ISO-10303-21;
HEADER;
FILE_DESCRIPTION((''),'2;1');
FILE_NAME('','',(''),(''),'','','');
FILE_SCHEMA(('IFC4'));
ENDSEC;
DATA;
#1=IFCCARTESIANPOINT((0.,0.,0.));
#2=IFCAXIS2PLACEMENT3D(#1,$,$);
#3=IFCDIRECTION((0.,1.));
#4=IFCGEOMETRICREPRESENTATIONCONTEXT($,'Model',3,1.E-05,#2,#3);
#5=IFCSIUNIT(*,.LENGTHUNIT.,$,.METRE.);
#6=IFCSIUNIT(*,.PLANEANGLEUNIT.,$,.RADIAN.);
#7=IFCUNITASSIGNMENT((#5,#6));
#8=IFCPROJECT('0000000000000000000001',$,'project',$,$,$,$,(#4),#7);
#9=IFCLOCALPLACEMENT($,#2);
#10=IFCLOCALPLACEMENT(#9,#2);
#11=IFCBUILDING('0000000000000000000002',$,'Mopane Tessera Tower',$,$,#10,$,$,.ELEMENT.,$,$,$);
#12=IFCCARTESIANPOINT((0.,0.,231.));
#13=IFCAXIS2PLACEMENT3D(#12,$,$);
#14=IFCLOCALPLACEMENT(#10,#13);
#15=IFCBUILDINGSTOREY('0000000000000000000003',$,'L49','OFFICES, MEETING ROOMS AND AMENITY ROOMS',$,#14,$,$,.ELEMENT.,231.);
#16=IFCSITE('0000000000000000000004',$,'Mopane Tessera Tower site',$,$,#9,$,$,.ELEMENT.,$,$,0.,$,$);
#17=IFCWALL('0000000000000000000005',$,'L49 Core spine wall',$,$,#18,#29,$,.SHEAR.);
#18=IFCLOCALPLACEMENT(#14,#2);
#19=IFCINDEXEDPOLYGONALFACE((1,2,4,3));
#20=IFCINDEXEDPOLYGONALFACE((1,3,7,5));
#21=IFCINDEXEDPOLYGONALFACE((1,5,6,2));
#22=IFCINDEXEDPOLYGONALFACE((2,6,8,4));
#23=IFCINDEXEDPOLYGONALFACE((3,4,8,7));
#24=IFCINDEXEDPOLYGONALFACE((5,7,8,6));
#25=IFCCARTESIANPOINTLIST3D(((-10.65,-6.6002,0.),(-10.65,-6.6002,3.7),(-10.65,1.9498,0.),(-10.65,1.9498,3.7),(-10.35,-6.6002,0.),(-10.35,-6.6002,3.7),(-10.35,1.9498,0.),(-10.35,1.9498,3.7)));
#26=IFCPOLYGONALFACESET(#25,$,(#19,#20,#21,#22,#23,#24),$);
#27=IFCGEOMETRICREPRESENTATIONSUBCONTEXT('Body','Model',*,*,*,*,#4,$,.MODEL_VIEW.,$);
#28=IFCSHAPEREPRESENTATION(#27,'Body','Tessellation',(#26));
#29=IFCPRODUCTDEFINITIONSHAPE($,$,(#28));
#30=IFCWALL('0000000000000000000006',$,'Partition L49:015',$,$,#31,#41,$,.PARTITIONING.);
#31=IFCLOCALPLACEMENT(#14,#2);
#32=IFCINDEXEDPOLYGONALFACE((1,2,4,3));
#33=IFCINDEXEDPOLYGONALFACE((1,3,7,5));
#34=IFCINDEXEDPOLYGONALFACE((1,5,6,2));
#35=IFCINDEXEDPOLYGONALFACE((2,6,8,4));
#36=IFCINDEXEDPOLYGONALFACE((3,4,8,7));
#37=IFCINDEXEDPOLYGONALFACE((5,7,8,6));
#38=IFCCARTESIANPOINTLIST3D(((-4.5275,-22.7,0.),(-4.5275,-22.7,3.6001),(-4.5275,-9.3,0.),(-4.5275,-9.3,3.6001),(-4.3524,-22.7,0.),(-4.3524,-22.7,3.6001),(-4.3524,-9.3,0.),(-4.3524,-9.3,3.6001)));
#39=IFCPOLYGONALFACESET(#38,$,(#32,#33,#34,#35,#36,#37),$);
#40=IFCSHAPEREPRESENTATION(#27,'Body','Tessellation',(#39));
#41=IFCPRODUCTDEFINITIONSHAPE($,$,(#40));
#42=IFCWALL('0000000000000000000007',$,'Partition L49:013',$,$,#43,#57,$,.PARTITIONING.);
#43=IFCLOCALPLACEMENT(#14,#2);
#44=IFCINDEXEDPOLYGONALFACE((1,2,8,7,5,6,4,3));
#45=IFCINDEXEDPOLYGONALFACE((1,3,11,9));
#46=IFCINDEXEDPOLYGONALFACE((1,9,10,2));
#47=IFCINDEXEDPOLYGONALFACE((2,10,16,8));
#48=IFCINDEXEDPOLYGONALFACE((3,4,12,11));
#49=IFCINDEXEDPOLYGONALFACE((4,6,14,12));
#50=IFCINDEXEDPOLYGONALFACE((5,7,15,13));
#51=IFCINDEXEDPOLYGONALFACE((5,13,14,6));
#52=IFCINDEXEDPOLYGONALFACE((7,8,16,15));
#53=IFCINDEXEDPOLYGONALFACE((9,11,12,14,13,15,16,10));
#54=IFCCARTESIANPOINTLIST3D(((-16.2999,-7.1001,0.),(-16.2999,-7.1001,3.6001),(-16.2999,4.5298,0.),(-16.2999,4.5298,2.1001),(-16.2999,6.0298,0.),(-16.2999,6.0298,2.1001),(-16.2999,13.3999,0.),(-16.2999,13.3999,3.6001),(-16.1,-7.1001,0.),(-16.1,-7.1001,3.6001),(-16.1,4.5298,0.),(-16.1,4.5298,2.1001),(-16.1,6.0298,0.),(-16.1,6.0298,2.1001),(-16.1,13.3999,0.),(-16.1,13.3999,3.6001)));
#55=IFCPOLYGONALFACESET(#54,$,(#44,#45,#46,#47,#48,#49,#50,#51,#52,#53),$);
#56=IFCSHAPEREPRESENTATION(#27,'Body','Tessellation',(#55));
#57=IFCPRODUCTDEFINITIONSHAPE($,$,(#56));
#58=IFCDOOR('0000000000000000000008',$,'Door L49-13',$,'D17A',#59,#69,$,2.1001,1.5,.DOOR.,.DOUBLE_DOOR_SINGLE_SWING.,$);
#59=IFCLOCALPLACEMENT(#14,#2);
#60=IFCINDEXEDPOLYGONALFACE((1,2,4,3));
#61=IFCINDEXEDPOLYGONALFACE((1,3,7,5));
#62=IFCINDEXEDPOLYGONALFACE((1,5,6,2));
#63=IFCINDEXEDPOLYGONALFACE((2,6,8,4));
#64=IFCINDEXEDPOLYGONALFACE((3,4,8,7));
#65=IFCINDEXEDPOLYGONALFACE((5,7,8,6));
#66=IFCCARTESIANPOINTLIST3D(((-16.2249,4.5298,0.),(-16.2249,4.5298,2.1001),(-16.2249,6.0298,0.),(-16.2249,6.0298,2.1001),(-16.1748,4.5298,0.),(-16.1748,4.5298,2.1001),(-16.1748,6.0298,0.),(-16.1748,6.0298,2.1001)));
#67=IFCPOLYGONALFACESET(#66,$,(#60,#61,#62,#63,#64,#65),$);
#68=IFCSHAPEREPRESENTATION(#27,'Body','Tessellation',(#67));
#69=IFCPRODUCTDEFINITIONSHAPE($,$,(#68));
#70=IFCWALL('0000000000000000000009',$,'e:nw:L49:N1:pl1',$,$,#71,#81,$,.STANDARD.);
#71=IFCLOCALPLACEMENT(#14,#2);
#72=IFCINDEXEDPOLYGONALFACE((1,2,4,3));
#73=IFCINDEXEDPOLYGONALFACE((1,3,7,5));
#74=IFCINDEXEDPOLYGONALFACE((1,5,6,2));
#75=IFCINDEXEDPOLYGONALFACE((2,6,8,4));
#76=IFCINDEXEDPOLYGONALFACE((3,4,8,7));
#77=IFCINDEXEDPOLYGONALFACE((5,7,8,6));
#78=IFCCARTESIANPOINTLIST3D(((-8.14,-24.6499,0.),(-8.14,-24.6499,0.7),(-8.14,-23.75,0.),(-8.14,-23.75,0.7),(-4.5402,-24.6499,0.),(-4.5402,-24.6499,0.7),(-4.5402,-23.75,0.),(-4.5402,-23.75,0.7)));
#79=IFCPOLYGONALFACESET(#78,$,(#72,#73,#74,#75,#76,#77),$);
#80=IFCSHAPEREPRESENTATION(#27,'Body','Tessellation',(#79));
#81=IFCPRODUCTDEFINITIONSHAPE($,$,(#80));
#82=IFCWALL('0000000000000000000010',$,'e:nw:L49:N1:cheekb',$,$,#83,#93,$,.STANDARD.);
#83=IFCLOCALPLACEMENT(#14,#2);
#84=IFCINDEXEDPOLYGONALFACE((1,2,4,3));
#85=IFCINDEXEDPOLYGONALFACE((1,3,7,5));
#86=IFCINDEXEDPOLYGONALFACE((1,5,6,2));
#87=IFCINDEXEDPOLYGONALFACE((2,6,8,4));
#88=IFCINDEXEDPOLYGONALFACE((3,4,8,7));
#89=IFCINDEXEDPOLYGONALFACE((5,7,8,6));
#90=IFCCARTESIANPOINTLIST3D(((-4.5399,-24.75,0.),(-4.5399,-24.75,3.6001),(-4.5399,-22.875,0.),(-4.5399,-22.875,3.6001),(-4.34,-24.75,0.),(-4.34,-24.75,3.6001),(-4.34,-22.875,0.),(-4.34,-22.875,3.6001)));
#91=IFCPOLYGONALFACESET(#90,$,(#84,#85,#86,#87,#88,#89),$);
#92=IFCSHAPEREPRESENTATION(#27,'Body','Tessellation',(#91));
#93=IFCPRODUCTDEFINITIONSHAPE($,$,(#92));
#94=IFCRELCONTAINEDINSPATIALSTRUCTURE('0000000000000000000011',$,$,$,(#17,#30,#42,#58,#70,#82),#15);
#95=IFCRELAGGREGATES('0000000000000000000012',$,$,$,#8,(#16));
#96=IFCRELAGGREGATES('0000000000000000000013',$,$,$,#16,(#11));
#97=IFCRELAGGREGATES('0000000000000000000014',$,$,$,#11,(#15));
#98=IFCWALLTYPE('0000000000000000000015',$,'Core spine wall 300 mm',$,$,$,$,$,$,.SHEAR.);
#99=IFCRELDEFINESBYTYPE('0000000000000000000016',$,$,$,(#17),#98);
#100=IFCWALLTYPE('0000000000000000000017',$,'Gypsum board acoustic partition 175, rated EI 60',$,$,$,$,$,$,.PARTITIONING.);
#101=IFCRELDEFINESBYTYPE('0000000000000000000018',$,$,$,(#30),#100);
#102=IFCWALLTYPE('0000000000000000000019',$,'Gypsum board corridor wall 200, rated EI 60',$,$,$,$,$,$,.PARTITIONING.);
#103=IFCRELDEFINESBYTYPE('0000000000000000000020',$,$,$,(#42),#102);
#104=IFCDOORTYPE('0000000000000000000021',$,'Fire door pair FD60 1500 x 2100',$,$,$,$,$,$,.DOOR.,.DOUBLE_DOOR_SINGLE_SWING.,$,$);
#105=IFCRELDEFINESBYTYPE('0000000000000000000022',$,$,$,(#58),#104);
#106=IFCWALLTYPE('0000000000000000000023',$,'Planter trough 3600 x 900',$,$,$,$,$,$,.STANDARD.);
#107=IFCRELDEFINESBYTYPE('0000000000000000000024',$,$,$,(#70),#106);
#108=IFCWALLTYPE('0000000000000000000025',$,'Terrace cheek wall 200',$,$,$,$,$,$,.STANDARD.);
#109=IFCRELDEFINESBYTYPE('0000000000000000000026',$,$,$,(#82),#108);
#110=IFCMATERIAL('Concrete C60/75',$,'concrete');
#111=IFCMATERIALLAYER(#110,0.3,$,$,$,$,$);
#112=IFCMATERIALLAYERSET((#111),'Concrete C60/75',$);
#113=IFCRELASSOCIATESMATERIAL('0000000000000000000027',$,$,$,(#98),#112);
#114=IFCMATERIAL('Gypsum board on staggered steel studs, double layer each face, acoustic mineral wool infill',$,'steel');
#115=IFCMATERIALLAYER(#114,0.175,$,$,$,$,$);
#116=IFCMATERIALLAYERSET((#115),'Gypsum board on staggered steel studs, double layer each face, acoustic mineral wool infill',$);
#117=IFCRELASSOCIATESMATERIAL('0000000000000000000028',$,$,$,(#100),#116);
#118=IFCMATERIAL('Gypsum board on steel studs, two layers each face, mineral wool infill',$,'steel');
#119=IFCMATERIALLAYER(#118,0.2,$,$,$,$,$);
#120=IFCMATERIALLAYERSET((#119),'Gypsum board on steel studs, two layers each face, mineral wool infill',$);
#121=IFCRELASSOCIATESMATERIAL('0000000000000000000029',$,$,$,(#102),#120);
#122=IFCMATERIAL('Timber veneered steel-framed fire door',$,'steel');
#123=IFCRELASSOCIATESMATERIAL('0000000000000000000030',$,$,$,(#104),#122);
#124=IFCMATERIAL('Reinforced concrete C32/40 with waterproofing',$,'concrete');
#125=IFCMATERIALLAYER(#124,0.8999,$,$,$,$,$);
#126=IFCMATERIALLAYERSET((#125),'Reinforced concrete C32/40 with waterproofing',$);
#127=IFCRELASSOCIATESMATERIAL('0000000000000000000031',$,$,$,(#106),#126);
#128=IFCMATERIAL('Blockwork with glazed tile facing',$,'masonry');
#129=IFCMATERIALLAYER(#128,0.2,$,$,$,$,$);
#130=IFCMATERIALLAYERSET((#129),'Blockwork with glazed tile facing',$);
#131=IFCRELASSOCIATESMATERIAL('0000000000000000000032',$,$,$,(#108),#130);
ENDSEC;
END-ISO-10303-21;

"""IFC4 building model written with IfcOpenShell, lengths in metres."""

from ifc_helpers import new_model, si_unit, direction, frame, frame_2d, origin, place, context, subcontext, project, spatial, rectangle, extrude, material, layer, layer_set, type_object, element, fill, save


model = new_model("IFC4")

# Units and contexts
model_context = context("Model", 3, precision=1e-05, world=origin(), true_north=direction((0.0, 1.0)))
body_context = subcontext(model_context, "Body", "Model", "MODEL_VIEW")
ifc_project = project(units=[si_unit("LENGTHUNIT", "METRE"), si_unit("PLANEANGLEUNIT", "RADIAN")], contexts=[model_context])

# Site, building, storey
site_placement = place(None, origin())
site = spatial("IfcSite", under=ifc_project, at=site_placement, Name="Mopane Tessera Tower site", CompositionType="ELEMENT", RefElevation=0.0)
building_placement = place(site_placement, origin())
building = spatial("IfcBuilding", under=site, at=building_placement, Name="Mopane Tessera Tower", CompositionType="ELEMENT")
storey_placement = place(building_placement, frame((0.0, 0.0, 231.0)))
storey = spatial("IfcBuildingStorey", under=building, at=storey_placement, Name="L49", Description="OFFICES, MEETING ROOMS AND AMENITY ROOMS", CompositionType="ELEMENT", Elevation=231.0)

# Walls
ifc_material_1 = material(Name="Concrete C60/75", Category="concrete")
ifc_layer_1 = layer(ifc_material_1, 0.3)
ifc_layer_set_1 = layer_set([ifc_layer_1], Name="Concrete C60/75")
wall_type_1 = type_object("IfcWallType", Name="Core spine wall 300 mm", PredefinedType="SHEAR", material=ifc_layer_set_1)
wall_1_placement = place(storey_placement, frame((-10.5, -6.6001, 0.0), z_axis=(0.0, 0.0, 1.0), x_axis=(0.0, 1.0, 0.0)))
element("IfcWall", 1, at=wall_1_placement, inside=storey, type_object=wall_type_1, Name="L49 Core spine wall", PredefinedType="SHEAR", context=body_context, shape_type="SweptSolid", body=[
    extrude(rectangle(XDim=8.55, YDim=0.3, at=frame_2d((4.2749, 0.0))), origin(), (0.0, 0.0, 1.0), 3.7),
])
ifc_material_2 = material(Name="Gypsum board on staggered steel studs, double layer each face, acoustic mineral wool infill", Category="steel")
ifc_layer_2 = layer(ifc_material_2, 0.175)
ifc_layer_set_2 = layer_set([ifc_layer_2], Name="Gypsum board on staggered steel studs, double layer each face, acoustic mineral wool infill")
wall_type_2 = type_object("IfcWallType", Name="Gypsum board acoustic partition 175, rated EI 60", PredefinedType="PARTITIONING", material=ifc_layer_set_2)
wall_2_placement = place(storey_placement, frame((-4.4399, -22.7, 0.0), z_axis=(0.0, 0.0, 1.0), x_axis=(0.0, 1.0, 0.0)))
element("IfcWall", 2, at=wall_2_placement, inside=storey, type_object=wall_type_2, Name="Partition L49:015", PredefinedType="PARTITIONING", context=body_context, shape_type="SweptSolid", body=[
    extrude(rectangle(XDim=13.3999, YDim=0.175, at=frame_2d((6.7, 0.0))), origin(), (0.0, 0.0, 1.0), 3.6001),
])

# Wall, opening, door
ifc_material_3 = material(Name="Gypsum board on steel studs, two layers each face, mineral wool infill", Category="steel")
ifc_layer_3 = layer(ifc_material_3, 0.2)
ifc_layer_set_3 = layer_set([ifc_layer_3], Name="Gypsum board on steel studs, two layers each face, mineral wool infill")
wall_type_3 = type_object("IfcWallType", Name="Gypsum board corridor wall 200, rated EI 60", PredefinedType="PARTITIONING", material=ifc_layer_set_3)
wall_3_placement = place(storey_placement, frame((-16.2, -7.1001, 0.0), z_axis=(0.0, 0.0, 1.0), x_axis=(0.0, 1.0, 0.0)))
wall_3 = element("IfcWall", 3, at=wall_3_placement, inside=storey, type_object=wall_type_3, Name="Partition L49:013", PredefinedType="PARTITIONING", context=body_context, shape_type="SweptSolid", body=[
    extrude(rectangle(XDim=20.5, YDim=0.2, at=frame_2d((10.25, 0.0))), origin(), (0.0, 0.0, 1.0), 3.6001),
])
opening_1_placement = place(wall_3_placement, frame((11.6299, 0.0, 0.0)))
opening_1 = element("IfcOpeningElement", 4, at=opening_1_placement, cuts=wall_3, PredefinedType="OPENING", context=body_context, shape_type="SweptSolid", body=[
    extrude(rectangle(XDim=1.5, YDim=2.1001, at=frame_2d((0.75, 1.05))), frame((0.0, 0.1121, 0.0), z_axis=(0.0, -1.0, 0.0), x_axis=(1.0, 0.0, 0.0)), (0.0, 0.0, 1.0), 0.2239),
])
ifc_material_4 = material(Name="Timber veneered steel-framed fire door", Category="steel")
door_type_1 = type_object("IfcDoorType", Name="Fire door pair FD60 1500 x 2100", OperationType="DOUBLE_DOOR_SINGLE_SWING", PredefinedType="DOOR", material=ifc_material_4)
door_1_placement = place(opening_1_placement, origin())
door_1 = element("IfcDoor", 5, at=door_1_placement, inside=storey, type_object=door_type_1, Name="Door L49-13", ObjectType="D17A", OperationType="DOUBLE_DOOR_SINGLE_SWING", OverallHeight=2.1001, OverallWidth=1.5, PredefinedType="DOOR", context=body_context, shape_type="SweptSolid", body=[
    extrude(rectangle(XDim=1.5, YDim=2.1001, at=frame_2d((0.75, 1.05))), frame((0.0, 0.0249, 0.0), z_axis=(0.0, -1.0, 0.0), x_axis=(1.0, 0.0, 0.0)), (0.0, 0.0, 1.0), 0.05),
])
fill(opening_1, door_1)

# Walls
ifc_material_5 = material(Name="Reinforced concrete C32/40 with waterproofing", Category="concrete")
ifc_layer_4 = layer(ifc_material_5, 0.8999)
ifc_layer_set_4 = layer_set([ifc_layer_4], Name="Reinforced concrete C32/40 with waterproofing")
wall_type_4 = type_object("IfcWallType", Name="Planter trough 3600 x 900", PredefinedType="STANDARD", material=ifc_layer_set_4)
wall_4_placement = place(storey_placement, frame((-8.1399, -24.2, 0.0), z_axis=(0.0, 0.0, 1.0), x_axis=(1.0, 0.0, 0.0)))
element("IfcWall", 6, at=wall_4_placement, inside=storey, type_object=wall_type_4, Name="e:nw:L49:N1:pl1", PredefinedType="STANDARD", context=body_context, shape_type="SweptSolid", body=[
    extrude(rectangle(XDim=3.5999, YDim=0.8999, at=frame_2d((1.7998, 0.0))), origin(), (0.0, 0.0, 1.0), 0.7),
])
ifc_material_6 = material(Name="Blockwork with glazed tile facing", Category="masonry")
ifc_layer_5 = layer(ifc_material_6, 0.2)
ifc_layer_set_5 = layer_set([ifc_layer_5], Name="Blockwork with glazed tile facing")
wall_type_5 = type_object("IfcWallType", Name="Terrace cheek wall 200", PredefinedType="STANDARD", material=ifc_layer_set_5)
wall_5_placement = place(storey_placement, frame((-4.4399, -24.75, 0.0), z_axis=(0.0, 0.0, 1.0), x_axis=(0.0, 1.0, 0.0)))
element("IfcWall", 7, at=wall_5_placement, inside=storey, type_object=wall_type_5, Name="e:nw:L49:N1:cheekb", PredefinedType="STANDARD", context=body_context, shape_type="SweptSolid", body=[
    extrude(rectangle(XDim=1.875, YDim=0.2, at=frame_2d((0.9375, 0.0))), origin(), (0.0, 0.0, 1.0), 3.6001),
])

save(model, "model.ifc")
